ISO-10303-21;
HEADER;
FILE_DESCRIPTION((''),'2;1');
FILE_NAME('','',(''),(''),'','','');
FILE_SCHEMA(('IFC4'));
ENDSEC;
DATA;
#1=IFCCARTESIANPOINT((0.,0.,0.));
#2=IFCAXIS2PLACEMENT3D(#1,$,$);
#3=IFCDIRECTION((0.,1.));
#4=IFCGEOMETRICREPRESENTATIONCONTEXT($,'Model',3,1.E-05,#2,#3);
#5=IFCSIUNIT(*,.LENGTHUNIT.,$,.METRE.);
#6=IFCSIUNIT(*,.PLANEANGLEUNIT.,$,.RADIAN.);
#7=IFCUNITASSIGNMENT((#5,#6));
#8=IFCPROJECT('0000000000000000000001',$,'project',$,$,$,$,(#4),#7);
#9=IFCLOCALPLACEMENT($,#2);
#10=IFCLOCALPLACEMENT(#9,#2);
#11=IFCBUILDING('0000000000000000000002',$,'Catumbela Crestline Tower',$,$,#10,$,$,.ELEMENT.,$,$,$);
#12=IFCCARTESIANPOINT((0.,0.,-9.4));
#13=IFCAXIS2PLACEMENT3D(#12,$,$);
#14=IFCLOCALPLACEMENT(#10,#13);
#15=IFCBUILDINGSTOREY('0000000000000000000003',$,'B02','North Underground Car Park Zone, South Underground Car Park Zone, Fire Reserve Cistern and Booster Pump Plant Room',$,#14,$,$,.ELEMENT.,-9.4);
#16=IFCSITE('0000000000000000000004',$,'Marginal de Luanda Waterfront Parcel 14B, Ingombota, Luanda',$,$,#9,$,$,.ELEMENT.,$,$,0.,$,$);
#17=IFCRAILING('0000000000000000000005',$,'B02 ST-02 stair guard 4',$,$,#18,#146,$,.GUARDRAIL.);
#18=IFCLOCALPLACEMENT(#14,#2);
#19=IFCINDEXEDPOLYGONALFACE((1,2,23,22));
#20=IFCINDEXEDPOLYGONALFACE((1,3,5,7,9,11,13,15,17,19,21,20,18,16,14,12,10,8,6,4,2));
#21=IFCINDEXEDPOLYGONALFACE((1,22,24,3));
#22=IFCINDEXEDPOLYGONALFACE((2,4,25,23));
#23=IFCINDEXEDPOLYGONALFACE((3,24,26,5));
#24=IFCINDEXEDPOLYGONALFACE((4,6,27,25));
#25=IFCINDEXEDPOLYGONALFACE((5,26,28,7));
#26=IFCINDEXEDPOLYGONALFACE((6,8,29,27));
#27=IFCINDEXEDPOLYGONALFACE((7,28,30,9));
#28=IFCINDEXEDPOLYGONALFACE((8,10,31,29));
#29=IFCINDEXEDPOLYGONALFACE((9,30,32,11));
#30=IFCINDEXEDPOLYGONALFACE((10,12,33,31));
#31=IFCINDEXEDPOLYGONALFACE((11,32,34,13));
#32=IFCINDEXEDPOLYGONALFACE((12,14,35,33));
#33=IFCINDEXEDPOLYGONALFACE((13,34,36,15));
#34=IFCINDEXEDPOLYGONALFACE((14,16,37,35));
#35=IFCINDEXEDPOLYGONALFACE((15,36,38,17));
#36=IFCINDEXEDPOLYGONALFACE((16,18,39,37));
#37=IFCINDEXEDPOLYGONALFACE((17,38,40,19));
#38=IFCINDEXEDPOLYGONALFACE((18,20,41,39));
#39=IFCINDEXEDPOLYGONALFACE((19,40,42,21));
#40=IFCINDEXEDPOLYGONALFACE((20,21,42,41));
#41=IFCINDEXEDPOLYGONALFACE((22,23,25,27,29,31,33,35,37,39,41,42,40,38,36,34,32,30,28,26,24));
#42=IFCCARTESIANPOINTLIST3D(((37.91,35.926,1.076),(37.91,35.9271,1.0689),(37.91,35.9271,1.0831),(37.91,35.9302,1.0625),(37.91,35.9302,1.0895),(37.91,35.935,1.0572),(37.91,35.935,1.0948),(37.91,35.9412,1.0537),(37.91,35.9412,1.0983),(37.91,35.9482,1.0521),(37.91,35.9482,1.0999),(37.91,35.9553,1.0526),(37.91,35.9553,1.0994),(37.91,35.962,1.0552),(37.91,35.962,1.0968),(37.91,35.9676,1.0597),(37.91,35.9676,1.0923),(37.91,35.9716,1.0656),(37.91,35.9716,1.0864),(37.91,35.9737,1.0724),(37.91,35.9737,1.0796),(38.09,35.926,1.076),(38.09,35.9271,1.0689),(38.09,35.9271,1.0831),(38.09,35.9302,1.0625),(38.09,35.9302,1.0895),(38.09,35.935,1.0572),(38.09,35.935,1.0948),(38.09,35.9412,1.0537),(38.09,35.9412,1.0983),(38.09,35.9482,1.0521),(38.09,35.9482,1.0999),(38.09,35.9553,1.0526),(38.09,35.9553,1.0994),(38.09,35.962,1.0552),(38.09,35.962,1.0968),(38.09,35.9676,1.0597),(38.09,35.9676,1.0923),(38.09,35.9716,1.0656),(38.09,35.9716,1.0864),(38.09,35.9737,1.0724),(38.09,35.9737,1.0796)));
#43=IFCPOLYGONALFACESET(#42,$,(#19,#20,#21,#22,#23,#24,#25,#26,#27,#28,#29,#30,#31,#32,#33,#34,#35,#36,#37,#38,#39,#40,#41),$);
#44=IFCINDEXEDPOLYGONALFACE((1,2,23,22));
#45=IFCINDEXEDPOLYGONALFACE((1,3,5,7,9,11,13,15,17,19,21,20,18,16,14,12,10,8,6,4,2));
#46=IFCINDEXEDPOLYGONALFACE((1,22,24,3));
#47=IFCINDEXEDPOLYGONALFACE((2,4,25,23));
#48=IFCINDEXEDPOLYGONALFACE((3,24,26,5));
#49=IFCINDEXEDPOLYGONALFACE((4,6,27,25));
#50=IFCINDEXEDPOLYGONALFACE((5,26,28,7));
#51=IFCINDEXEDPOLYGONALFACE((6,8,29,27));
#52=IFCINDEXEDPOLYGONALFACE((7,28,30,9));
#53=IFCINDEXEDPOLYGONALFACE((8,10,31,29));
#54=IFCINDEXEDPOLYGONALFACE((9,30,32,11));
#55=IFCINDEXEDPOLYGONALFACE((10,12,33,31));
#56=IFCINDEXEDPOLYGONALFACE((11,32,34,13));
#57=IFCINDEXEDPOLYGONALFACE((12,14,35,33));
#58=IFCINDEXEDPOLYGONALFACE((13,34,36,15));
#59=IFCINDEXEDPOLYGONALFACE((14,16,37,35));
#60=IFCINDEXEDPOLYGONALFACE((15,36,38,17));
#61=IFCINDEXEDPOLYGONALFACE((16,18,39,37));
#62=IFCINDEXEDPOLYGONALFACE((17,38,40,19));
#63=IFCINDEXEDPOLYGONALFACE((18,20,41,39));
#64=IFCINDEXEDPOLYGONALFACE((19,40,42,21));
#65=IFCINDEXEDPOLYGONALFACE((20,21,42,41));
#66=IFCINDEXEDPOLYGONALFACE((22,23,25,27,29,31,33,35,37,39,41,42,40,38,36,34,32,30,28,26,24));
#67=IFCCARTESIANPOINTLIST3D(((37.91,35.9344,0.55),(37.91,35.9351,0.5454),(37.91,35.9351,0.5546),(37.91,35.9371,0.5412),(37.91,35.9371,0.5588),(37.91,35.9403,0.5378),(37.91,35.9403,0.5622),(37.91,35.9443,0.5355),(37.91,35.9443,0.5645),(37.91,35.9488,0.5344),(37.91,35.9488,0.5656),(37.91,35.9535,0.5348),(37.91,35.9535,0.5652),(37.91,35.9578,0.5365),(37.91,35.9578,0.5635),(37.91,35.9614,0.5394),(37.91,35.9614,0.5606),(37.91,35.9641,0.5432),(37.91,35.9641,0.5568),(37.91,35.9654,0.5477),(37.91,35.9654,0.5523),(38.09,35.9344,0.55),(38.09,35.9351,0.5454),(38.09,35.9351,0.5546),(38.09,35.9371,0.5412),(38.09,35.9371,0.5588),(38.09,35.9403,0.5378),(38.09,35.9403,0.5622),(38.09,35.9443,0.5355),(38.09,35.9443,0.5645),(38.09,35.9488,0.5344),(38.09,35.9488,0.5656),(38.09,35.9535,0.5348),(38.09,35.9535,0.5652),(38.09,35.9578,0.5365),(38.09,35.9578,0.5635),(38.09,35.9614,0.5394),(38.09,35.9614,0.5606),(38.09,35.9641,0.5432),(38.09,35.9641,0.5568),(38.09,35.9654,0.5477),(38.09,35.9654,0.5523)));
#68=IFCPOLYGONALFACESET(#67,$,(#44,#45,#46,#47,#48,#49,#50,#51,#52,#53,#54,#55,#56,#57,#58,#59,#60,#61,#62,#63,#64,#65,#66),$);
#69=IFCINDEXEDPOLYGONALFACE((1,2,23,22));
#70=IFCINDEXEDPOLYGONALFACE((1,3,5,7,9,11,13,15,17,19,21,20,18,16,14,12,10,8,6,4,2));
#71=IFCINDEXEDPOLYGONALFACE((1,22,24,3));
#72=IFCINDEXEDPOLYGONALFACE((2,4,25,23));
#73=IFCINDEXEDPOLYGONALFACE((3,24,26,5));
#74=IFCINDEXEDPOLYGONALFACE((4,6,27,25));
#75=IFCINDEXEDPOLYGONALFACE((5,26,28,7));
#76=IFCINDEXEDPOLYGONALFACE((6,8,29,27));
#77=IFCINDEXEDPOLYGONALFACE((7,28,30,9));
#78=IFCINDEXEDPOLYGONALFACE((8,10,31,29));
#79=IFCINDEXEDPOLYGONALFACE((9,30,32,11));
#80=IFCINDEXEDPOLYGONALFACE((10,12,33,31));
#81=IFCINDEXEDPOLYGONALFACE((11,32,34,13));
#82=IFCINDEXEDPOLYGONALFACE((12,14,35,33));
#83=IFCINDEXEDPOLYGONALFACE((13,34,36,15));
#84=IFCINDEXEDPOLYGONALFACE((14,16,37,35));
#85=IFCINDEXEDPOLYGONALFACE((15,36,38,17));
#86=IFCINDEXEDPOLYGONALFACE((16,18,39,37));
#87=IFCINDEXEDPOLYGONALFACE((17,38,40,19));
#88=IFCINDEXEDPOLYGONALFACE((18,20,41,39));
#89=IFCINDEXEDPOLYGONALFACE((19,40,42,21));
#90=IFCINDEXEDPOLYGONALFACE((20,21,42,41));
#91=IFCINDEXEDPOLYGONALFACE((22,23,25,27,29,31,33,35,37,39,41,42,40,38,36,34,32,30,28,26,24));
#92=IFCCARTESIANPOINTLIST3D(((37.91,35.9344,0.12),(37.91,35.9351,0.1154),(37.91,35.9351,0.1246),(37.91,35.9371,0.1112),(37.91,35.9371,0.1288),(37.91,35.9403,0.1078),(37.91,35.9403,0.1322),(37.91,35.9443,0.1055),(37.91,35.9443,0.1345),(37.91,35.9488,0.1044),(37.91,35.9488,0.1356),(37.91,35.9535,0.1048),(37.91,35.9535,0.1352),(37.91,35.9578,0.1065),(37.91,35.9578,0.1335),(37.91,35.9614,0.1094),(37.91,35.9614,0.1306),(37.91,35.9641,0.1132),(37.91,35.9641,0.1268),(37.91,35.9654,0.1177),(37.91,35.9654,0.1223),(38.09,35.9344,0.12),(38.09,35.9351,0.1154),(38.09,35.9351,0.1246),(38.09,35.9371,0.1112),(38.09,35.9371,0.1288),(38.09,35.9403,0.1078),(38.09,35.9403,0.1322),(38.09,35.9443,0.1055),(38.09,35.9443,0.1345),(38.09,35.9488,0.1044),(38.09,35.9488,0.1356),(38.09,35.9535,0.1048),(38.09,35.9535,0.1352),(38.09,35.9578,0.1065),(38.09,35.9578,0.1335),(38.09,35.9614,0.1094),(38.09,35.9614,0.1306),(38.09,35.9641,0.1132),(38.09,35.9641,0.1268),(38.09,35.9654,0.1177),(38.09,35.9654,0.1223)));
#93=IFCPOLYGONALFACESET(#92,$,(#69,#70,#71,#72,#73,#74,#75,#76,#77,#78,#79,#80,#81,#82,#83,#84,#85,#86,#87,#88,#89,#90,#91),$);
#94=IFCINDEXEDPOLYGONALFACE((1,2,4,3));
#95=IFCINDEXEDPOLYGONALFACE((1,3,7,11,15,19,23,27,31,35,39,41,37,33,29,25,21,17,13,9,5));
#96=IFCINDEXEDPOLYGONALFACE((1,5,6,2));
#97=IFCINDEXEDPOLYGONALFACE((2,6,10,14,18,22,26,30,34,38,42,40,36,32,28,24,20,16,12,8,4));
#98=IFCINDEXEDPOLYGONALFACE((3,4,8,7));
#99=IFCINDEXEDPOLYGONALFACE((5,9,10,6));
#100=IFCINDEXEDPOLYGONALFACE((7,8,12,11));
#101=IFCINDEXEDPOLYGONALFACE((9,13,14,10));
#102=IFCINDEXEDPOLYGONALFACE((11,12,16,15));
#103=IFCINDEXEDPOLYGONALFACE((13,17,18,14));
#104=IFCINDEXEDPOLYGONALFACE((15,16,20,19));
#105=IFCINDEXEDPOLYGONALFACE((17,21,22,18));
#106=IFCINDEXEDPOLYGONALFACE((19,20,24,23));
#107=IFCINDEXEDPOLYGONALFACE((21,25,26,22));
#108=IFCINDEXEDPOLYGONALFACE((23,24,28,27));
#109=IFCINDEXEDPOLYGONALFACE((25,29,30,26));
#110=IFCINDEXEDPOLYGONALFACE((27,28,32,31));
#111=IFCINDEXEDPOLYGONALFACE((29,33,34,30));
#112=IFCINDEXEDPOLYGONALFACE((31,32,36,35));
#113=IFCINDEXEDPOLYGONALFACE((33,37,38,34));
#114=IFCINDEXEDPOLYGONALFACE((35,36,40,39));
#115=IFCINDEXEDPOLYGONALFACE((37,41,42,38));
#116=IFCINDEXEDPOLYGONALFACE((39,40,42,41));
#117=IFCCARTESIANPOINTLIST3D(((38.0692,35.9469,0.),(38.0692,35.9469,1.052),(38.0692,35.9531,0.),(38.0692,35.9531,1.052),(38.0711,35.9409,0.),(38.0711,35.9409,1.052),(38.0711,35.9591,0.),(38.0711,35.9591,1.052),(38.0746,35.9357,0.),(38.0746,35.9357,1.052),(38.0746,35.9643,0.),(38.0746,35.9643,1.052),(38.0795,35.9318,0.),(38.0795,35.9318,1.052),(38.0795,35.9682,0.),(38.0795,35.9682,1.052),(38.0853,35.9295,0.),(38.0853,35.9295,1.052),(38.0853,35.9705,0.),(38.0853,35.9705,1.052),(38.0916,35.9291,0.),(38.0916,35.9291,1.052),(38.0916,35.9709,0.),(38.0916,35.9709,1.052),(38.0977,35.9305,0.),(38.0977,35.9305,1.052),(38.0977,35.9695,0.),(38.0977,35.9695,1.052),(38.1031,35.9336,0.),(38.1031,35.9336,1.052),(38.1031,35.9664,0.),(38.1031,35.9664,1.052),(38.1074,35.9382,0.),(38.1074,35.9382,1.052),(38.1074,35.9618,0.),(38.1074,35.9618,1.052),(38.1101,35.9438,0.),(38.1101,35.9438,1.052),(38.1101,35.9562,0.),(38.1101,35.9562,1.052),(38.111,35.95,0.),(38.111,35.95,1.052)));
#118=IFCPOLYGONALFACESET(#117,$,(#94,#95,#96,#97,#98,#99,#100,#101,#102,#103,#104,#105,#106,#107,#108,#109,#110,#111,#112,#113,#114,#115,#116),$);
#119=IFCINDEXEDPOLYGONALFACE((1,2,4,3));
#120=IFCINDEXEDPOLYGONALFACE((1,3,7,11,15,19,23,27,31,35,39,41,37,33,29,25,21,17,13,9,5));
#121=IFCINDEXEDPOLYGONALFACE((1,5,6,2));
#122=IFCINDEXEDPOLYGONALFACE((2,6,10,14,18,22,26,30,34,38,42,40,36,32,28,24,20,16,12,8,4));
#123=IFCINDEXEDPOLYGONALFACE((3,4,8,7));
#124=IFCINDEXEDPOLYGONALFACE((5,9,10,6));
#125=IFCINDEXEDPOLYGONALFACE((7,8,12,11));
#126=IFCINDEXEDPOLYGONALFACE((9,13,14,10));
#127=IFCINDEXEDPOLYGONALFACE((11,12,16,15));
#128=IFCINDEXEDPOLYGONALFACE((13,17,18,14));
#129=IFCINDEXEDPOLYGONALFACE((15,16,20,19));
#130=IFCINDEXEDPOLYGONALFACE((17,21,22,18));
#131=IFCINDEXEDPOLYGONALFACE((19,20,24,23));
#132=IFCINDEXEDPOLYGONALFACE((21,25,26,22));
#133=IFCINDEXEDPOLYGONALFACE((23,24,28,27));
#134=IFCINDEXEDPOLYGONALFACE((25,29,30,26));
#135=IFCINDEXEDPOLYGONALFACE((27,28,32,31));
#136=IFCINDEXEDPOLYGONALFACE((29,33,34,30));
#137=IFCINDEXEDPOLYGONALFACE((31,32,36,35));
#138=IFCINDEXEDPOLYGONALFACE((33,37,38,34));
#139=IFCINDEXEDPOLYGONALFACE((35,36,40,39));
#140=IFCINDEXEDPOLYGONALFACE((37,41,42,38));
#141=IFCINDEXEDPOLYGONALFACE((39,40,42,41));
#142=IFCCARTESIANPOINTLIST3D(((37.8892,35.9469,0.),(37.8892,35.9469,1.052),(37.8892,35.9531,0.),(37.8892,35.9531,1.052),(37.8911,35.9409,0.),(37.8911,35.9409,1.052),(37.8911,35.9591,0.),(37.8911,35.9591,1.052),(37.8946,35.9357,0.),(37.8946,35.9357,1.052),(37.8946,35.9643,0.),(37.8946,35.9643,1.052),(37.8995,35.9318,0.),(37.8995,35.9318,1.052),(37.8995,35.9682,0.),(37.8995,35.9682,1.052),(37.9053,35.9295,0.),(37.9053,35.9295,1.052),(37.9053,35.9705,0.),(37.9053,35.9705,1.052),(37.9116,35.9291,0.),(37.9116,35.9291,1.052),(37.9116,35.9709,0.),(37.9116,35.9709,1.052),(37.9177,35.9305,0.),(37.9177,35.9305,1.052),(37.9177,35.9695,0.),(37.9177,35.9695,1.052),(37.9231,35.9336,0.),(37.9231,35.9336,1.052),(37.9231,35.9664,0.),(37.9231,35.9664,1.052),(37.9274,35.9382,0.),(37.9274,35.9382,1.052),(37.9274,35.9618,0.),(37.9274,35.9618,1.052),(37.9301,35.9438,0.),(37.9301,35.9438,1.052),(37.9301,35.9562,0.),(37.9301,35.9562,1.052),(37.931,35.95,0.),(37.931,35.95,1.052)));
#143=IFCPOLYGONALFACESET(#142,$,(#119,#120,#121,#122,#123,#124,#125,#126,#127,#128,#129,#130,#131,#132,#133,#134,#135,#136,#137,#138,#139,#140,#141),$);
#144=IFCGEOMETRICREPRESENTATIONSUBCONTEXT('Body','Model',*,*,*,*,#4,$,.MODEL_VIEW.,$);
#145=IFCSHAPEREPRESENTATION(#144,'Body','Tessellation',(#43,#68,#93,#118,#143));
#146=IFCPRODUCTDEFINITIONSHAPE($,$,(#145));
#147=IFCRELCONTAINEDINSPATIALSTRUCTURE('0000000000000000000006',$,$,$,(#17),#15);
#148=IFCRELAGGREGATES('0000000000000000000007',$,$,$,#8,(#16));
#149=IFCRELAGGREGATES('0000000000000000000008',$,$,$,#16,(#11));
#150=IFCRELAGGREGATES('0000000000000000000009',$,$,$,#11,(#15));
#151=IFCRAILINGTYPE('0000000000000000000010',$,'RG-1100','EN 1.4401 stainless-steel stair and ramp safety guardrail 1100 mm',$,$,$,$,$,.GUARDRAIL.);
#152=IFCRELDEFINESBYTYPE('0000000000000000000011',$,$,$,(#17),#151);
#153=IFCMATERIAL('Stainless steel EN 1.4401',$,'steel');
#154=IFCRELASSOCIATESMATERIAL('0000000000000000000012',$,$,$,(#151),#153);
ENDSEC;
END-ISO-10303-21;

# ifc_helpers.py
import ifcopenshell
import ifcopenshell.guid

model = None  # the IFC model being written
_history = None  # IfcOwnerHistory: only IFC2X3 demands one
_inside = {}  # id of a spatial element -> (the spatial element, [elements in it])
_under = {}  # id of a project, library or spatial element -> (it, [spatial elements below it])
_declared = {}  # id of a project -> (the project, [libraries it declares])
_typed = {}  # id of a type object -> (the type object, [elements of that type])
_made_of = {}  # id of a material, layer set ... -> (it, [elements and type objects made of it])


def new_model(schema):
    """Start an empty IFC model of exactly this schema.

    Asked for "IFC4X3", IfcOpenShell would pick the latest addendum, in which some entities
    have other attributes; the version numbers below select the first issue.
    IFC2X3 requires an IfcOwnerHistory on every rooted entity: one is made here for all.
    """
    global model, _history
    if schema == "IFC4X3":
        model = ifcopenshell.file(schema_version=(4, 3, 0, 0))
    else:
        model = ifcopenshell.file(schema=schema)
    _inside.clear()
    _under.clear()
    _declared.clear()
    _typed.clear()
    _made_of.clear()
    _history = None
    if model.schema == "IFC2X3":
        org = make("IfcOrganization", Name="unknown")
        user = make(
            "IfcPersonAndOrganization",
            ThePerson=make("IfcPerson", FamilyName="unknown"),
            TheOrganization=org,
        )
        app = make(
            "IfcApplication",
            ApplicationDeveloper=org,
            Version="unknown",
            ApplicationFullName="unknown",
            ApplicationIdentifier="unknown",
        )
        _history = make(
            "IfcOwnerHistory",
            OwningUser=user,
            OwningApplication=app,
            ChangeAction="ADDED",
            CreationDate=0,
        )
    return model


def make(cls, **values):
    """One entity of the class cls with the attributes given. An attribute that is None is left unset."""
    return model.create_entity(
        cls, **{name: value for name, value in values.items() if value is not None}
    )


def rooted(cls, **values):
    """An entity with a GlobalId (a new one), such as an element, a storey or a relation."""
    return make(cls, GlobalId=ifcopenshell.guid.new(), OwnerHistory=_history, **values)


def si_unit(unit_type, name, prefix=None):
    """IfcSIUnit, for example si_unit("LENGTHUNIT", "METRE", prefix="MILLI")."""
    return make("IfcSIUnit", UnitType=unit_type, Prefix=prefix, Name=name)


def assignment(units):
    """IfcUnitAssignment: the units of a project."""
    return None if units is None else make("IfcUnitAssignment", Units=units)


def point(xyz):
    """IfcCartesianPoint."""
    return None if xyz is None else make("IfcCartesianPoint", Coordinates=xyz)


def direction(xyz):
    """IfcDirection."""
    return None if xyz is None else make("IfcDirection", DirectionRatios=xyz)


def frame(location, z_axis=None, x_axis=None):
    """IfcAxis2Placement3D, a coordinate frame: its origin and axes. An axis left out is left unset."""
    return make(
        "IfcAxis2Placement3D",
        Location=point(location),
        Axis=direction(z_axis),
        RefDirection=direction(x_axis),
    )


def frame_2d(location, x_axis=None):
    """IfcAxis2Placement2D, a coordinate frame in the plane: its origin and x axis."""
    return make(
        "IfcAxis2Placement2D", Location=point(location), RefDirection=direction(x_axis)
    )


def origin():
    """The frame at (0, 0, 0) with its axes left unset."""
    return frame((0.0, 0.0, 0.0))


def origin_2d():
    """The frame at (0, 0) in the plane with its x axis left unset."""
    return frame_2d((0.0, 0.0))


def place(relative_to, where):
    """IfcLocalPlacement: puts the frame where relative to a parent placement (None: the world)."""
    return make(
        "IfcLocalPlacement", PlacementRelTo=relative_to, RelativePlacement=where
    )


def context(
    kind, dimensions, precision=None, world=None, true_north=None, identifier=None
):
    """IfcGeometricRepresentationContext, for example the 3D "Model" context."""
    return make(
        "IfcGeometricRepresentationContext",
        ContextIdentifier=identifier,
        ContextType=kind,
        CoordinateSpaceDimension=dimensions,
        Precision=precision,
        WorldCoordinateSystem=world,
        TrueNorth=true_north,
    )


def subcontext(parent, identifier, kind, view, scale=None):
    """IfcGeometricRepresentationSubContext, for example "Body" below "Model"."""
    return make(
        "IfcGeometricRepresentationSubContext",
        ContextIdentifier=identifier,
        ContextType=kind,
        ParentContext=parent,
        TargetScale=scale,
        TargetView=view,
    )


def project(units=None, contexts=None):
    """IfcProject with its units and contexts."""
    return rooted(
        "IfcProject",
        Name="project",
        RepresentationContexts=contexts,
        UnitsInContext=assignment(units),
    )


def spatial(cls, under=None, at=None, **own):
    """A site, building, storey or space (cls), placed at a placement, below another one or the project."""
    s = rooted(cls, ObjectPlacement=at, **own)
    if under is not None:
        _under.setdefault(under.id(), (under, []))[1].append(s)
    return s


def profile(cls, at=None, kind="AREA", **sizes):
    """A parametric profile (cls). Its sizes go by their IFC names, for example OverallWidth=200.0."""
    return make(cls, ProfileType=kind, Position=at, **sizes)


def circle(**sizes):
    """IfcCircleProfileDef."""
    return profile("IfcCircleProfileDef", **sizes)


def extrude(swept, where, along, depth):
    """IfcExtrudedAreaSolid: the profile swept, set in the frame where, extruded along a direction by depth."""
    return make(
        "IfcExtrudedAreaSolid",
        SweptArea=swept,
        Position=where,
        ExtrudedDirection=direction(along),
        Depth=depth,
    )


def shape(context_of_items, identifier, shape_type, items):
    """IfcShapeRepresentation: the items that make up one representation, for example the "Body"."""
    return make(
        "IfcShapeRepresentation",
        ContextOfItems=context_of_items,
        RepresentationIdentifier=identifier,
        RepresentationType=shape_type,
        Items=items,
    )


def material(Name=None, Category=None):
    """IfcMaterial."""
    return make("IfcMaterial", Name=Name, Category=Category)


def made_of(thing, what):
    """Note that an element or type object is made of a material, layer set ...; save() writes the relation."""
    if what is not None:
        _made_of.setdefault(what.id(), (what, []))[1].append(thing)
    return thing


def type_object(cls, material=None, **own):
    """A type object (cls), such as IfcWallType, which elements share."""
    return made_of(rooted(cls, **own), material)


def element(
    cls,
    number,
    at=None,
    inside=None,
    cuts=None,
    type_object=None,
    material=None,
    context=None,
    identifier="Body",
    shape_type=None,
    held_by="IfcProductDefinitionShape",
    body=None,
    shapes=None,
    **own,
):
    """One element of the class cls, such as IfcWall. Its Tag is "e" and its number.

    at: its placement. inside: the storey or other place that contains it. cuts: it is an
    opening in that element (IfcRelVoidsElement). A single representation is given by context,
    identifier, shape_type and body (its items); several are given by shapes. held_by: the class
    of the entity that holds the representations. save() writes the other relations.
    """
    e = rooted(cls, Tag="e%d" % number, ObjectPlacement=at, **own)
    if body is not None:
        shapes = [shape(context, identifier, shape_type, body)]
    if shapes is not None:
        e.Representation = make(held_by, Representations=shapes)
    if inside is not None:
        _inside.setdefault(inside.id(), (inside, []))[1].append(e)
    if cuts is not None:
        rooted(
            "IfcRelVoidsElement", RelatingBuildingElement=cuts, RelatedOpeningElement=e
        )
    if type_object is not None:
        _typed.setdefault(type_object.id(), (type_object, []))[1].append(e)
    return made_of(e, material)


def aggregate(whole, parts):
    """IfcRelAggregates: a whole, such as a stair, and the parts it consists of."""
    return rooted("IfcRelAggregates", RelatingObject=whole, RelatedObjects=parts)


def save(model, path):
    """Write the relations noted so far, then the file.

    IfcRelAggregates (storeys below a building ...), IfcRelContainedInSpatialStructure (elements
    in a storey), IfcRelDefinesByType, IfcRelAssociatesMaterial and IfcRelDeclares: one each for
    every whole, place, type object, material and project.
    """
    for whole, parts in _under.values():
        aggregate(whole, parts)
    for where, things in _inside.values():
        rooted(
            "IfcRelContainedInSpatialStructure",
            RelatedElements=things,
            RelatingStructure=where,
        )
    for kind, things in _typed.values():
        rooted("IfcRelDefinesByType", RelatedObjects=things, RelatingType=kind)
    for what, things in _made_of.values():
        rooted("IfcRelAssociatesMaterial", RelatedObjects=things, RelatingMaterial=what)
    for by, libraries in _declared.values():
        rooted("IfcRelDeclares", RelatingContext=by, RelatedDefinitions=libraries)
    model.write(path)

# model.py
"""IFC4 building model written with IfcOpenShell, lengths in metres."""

from ifc_helpers import new_model, si_unit, direction, frame, origin, origin_2d, place, context, subcontext, project, spatial, circle, extrude, material, type_object, element, save


model = new_model("IFC4")

# Units and contexts
model_context = context("Model", 3, precision=1e-05, world=origin(), true_north=direction((0.0, 1.0)))
body_context = subcontext(model_context, "Body", "Model", "MODEL_VIEW")
ifc_project = project(units=[si_unit("LENGTHUNIT", "METRE"), si_unit("PLANEANGLEUNIT", "RADIAN")], contexts=[model_context])

# Site, building, storey
site_placement = place(None, origin())
site = spatial("IfcSite", under=ifc_project, at=site_placement, Name="Marginal de Luanda Waterfront Parcel 14B, Ingombota, Luanda", CompositionType="ELEMENT", RefElevation=0.0)
building_placement = place(site_placement, origin())
building = spatial("IfcBuilding", under=site, at=building_placement, Name="Catumbela Crestline Tower", CompositionType="ELEMENT")
storey_placement = place(building_placement, frame((0.0, 0.0, -9.4)))
storey = spatial("IfcBuildingStorey", under=building, at=storey_placement, Name="B02", Description="North Underground Car Park Zone, South Underground Car Park Zone, Fire Reserve Cistern and Booster Pump Plant Room", CompositionType="ELEMENT", Elevation=-9.4)

# Shared definitions
ifc_material_1 = material(Name="Stainless steel EN 1.4401", Category="steel")

# Railing
railing_type_1 = type_object("IfcRailingType", Name="RG-1100", Description="EN 1.4401 stainless-steel stair and ramp safety guardrail 1100 mm", PredefinedType="GUARDRAIL", material=ifc_material_1)
railing_1_placement = place(storey_placement, frame((38.09, 35.95, 0.0)))
element("IfcRailing", 1, at=railing_1_placement, inside=storey, type_object=railing_type_1, Name="B02 ST-02 stair guard 4", PredefinedType="GUARDRAIL", context=body_context, shape_type="SweptSolid", body=[
    extrude(circle(Radius=0.024, at=origin_2d()), frame((0.0, 0.0, 1.076), z_axis=(-1.0, 0.0, 0.0), x_axis=(0.0, -1.0, 0.0)), (0.0, 0.0, 1.0), 0.18),
    extrude(circle(Radius=0.0156, at=origin_2d()), frame((0.0, 0.0, 0.55), z_axis=(-1.0, 0.0, 0.0), x_axis=(0.0, -1.0, 0.0)), (0.0, 0.0, 1.0), 0.18),
    extrude(circle(Radius=0.0156, at=origin_2d()), frame((0.0, 0.0, 0.12), z_axis=(-1.0, 0.0, 0.0), x_axis=(0.0, -1.0, 0.0)), (0.0, 0.0, 1.0), 0.18),
    extrude(circle(Radius=0.021, at=origin_2d()), origin(), (0.0, 0.0, 1.0), 1.052),
    extrude(circle(Radius=0.021, at=origin_2d()), frame((-0.18, 0.0, 0.0)), (0.0, 0.0, 1.0), 1.052),
])

save(model, "model.ifc")
